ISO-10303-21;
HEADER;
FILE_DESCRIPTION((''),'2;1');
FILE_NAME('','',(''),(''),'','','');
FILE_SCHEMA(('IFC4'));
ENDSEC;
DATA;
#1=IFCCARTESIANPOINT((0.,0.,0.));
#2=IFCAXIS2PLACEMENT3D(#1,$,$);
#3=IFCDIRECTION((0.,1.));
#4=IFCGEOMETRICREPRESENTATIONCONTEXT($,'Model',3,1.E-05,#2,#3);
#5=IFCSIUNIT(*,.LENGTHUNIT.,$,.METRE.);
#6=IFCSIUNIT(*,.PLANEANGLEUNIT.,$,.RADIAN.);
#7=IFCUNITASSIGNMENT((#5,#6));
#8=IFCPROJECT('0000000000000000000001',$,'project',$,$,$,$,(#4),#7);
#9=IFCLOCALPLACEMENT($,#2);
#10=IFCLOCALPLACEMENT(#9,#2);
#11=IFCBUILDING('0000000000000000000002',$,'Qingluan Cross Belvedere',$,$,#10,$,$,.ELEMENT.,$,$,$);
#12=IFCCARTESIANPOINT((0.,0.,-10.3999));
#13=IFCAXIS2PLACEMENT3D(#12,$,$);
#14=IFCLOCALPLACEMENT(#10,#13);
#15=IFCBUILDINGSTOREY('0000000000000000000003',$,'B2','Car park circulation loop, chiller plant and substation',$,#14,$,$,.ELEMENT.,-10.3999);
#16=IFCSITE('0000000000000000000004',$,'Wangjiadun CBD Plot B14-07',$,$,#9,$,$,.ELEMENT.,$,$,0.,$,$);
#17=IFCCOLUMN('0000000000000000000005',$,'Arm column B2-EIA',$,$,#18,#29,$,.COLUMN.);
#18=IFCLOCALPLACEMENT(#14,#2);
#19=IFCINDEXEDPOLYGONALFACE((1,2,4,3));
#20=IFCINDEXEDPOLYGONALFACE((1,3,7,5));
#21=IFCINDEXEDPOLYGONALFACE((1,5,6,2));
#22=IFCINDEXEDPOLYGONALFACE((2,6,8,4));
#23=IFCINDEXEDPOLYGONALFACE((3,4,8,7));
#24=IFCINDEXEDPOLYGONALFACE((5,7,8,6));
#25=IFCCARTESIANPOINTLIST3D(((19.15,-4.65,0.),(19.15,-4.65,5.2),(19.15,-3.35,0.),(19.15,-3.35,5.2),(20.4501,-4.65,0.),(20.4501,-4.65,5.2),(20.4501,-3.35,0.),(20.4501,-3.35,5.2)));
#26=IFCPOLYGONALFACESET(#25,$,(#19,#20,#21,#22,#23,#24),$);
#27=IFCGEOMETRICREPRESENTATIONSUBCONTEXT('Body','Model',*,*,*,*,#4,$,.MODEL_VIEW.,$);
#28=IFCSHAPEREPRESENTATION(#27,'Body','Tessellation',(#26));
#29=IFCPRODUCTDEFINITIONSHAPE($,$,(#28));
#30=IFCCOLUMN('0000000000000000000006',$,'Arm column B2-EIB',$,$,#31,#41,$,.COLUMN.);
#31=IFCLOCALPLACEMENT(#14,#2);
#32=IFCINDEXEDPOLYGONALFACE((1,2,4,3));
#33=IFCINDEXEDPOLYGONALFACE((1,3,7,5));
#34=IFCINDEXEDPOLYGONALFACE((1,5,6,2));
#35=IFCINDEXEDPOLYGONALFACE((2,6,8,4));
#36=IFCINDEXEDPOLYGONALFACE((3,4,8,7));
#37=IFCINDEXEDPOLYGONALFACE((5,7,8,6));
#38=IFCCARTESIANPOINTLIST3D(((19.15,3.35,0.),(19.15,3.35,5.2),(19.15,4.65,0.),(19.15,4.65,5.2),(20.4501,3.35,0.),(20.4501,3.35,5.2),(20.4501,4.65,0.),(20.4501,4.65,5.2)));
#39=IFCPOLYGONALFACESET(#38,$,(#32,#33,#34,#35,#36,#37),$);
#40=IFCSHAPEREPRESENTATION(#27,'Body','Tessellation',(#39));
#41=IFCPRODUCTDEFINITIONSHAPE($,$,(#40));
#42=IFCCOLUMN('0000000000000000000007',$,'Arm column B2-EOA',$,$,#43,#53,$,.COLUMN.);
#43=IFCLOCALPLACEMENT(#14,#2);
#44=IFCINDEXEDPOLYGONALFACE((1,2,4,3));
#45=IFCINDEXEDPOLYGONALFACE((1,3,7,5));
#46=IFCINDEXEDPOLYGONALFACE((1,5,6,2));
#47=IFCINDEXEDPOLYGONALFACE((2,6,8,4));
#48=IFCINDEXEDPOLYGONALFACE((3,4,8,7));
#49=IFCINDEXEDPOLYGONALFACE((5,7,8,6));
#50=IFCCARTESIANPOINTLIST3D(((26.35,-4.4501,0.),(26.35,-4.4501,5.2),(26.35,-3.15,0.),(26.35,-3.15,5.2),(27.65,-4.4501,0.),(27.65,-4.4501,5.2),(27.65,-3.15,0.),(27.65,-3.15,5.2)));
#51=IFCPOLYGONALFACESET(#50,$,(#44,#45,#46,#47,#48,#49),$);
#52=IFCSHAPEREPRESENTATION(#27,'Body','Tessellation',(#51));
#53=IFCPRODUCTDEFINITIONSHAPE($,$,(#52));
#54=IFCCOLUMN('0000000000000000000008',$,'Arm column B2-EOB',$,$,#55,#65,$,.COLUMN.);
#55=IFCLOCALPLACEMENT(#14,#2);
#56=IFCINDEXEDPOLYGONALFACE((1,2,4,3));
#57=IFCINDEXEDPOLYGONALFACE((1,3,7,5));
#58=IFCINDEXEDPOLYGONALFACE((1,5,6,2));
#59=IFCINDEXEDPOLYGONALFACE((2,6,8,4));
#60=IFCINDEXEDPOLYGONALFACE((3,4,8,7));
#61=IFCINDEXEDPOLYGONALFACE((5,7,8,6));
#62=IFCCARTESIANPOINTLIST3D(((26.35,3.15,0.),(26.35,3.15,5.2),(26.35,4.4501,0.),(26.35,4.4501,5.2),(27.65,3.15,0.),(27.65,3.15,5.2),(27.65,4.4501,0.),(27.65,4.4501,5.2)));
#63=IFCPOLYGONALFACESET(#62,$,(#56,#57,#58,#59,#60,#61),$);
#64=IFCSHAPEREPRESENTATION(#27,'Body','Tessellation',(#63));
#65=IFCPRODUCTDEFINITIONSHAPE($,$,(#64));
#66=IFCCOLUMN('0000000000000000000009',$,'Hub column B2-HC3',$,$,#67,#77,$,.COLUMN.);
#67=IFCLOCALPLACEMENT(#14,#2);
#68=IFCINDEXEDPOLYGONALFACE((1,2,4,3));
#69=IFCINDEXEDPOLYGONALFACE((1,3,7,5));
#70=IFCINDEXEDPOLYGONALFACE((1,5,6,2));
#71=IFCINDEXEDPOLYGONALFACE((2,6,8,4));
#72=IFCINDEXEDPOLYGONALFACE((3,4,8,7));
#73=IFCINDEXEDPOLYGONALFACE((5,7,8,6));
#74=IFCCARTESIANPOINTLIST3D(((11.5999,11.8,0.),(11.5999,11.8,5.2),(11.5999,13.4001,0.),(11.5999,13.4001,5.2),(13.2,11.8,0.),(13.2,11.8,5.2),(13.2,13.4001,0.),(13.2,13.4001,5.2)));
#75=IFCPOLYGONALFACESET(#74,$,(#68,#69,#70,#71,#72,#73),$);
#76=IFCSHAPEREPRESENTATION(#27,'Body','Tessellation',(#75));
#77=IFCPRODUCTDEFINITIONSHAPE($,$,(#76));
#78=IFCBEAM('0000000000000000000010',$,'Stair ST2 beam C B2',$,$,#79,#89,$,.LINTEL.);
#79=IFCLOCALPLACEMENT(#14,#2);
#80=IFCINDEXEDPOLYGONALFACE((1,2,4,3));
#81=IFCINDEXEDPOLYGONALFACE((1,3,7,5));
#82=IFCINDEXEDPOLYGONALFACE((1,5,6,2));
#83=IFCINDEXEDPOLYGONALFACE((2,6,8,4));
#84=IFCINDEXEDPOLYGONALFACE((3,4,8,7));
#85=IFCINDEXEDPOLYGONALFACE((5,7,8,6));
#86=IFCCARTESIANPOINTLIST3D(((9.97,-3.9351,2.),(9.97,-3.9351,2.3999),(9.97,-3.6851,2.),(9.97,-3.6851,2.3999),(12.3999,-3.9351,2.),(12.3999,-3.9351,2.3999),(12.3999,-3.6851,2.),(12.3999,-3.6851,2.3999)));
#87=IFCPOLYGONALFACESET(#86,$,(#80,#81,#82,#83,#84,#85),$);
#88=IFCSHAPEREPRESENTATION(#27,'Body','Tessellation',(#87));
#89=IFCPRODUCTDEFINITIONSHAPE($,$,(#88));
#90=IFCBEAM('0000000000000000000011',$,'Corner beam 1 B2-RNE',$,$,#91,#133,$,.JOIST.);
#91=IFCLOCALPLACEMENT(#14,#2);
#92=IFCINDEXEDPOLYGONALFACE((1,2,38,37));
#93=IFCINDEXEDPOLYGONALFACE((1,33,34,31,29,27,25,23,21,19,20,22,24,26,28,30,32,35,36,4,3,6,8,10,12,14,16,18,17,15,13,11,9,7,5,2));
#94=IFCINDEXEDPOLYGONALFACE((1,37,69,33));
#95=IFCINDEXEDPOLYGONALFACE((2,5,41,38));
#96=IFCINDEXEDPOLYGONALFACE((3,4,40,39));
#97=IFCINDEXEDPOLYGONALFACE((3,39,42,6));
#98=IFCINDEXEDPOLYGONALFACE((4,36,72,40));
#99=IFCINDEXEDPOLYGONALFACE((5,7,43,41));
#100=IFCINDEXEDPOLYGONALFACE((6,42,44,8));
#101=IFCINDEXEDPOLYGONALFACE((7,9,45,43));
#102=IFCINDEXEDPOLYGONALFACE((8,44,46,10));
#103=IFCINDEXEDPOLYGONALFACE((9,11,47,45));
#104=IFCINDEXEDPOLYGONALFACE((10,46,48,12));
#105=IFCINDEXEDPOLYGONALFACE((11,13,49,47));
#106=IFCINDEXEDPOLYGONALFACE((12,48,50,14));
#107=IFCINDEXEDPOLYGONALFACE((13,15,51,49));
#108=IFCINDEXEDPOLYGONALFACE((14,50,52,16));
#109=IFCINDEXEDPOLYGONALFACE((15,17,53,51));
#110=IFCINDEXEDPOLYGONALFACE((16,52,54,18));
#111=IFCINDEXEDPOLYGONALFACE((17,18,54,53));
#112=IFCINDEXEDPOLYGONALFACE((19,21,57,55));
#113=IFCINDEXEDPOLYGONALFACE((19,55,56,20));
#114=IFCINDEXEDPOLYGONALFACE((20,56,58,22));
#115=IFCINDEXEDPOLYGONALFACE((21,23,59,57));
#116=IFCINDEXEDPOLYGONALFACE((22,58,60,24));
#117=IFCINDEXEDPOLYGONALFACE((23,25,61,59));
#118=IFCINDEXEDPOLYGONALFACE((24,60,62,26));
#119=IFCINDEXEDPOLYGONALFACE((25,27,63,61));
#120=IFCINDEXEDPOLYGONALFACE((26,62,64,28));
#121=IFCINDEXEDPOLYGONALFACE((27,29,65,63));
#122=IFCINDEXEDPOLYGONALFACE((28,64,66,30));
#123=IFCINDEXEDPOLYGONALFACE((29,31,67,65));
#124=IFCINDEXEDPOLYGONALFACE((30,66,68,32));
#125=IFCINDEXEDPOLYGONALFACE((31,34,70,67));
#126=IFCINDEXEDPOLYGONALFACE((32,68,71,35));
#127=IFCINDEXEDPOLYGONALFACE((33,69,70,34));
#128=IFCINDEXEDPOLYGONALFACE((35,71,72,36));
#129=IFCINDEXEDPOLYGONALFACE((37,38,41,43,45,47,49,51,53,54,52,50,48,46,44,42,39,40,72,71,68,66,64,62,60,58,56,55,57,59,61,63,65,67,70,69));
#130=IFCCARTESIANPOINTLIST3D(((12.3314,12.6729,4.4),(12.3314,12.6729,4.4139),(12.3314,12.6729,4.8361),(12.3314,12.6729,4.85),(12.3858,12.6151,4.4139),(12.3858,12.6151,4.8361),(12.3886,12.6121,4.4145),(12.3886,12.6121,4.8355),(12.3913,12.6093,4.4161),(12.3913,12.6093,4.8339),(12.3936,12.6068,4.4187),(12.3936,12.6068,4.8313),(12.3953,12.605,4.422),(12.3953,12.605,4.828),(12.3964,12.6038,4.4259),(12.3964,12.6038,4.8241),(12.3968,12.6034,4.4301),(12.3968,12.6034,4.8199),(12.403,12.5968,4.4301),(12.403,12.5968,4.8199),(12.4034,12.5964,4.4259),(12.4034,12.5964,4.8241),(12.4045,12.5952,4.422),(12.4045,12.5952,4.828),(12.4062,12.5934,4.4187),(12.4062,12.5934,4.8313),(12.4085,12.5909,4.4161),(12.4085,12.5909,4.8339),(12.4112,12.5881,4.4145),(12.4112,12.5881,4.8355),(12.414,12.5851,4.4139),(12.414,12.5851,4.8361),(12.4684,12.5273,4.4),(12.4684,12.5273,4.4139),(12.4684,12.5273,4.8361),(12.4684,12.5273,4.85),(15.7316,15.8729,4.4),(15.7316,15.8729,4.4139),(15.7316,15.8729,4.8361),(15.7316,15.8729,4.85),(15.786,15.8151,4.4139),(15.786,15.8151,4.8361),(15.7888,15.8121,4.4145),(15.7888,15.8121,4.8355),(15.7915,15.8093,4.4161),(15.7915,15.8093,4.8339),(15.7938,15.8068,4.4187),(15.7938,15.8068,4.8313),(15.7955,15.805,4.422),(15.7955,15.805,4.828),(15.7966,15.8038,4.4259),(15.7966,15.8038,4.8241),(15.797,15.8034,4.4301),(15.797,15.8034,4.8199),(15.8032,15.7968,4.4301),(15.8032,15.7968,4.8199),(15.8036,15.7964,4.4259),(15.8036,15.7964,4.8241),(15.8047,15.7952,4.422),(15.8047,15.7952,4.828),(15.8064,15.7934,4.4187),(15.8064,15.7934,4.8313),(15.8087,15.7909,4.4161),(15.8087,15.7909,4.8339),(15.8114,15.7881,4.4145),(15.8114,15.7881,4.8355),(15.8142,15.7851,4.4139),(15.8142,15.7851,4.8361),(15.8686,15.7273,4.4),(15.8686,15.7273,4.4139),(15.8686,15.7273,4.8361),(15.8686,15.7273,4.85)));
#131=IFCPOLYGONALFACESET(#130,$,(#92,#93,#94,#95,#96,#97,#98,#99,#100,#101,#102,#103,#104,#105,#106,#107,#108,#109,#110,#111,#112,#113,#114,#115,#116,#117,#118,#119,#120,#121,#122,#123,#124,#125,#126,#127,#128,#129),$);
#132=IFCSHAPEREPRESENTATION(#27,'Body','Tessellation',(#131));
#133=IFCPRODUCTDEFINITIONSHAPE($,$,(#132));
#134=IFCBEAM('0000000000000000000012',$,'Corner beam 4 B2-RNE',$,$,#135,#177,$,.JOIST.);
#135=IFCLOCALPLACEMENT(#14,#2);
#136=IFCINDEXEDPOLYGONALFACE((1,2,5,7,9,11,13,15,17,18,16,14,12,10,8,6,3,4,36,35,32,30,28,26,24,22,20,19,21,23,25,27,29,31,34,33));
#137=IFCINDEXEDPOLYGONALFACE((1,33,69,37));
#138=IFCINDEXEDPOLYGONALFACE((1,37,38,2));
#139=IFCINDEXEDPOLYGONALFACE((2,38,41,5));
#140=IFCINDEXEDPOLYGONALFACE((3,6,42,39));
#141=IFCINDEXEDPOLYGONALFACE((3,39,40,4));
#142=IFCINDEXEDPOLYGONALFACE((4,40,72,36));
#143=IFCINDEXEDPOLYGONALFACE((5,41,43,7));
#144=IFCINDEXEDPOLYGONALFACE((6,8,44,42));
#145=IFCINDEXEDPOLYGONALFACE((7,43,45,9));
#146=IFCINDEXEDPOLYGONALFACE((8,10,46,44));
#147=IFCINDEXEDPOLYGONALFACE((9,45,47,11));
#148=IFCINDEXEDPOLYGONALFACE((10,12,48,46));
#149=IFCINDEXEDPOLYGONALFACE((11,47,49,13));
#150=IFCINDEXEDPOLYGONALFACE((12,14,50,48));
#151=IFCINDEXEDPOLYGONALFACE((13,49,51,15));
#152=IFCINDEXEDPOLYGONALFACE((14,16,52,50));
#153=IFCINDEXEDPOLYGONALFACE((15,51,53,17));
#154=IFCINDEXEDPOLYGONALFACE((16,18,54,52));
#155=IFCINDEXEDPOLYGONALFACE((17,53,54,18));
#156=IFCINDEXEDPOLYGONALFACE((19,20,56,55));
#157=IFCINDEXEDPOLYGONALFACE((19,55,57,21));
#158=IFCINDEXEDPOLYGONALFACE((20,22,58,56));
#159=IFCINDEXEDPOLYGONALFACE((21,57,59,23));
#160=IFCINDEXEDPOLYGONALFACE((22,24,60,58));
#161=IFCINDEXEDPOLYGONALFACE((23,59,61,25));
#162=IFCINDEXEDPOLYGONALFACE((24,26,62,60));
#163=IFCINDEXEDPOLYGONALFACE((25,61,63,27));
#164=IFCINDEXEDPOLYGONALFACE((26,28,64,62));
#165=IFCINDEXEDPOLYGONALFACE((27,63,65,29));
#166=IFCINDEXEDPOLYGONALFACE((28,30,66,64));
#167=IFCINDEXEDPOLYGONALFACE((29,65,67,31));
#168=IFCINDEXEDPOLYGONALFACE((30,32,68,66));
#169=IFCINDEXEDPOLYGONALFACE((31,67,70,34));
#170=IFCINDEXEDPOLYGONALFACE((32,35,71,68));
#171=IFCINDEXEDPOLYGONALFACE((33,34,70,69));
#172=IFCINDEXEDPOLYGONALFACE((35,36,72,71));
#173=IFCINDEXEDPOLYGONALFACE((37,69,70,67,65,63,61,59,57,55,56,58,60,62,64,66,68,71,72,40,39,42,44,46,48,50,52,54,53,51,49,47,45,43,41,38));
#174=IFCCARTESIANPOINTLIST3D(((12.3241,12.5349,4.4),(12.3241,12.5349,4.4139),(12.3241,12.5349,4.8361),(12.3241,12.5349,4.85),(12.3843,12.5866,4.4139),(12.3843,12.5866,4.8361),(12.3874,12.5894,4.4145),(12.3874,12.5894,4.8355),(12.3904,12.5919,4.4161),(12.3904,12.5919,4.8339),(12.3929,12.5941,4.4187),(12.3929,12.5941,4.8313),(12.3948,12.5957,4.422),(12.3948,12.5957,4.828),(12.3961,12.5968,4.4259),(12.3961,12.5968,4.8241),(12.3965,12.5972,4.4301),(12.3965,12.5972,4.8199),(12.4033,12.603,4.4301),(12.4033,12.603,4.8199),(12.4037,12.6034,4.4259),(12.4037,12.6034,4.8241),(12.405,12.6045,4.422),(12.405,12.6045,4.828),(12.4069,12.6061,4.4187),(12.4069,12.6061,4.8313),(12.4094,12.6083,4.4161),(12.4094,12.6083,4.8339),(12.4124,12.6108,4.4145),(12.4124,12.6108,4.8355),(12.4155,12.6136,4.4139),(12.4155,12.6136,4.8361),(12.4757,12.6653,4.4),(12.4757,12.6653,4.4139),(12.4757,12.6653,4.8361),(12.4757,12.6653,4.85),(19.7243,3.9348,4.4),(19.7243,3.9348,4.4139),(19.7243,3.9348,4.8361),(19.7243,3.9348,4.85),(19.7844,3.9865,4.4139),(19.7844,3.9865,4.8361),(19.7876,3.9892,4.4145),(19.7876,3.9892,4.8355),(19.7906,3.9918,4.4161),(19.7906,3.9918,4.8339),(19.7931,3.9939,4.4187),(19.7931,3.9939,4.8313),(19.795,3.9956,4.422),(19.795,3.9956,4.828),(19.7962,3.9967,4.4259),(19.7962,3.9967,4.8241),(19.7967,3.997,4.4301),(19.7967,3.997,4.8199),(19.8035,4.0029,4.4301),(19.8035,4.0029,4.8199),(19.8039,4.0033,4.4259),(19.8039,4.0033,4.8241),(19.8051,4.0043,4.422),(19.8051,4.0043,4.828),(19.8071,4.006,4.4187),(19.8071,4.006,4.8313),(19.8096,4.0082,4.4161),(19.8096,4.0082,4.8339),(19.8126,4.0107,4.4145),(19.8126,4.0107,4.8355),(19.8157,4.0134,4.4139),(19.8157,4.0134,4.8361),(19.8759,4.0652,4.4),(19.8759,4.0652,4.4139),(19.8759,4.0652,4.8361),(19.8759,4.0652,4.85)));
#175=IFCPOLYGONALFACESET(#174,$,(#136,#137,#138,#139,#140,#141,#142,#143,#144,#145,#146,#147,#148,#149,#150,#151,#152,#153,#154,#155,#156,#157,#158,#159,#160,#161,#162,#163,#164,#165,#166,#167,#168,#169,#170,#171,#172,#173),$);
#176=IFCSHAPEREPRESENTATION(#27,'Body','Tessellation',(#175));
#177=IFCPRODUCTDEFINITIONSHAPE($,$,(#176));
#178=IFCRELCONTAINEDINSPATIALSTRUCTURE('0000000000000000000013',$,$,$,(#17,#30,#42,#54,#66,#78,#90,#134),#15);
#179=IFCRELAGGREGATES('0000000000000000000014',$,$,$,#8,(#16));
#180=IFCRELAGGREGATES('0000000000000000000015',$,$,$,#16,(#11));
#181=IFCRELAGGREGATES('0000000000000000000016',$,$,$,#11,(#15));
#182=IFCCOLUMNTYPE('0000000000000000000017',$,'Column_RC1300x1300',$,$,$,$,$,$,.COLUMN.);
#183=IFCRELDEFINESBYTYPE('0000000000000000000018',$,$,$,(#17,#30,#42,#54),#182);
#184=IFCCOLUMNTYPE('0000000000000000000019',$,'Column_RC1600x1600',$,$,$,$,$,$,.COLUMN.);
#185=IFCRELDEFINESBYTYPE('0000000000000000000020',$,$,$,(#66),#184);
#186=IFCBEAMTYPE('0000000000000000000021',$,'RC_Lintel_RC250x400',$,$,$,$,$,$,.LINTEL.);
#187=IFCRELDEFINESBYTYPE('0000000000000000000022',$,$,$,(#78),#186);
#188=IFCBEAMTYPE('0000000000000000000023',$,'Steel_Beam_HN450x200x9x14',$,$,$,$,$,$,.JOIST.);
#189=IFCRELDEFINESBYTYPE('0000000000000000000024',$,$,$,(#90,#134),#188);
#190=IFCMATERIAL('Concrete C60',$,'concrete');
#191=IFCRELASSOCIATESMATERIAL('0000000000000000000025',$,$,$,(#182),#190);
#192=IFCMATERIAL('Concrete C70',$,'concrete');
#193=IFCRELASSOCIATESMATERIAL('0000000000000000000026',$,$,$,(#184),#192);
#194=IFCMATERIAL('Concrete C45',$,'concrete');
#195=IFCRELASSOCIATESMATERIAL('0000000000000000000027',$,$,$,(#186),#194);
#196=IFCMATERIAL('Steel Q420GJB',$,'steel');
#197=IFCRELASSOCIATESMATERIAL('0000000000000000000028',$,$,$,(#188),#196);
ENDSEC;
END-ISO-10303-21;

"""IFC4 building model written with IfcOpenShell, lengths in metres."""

from ifc_helpers import new_model, si_unit, direction, frame, origin, origin_2d, place, context, subcontext, project, spatial, rectangle, i_section, extrude, material, material_profile, profile_set, type_object, element, save


model = new_model("IFC4")

# Units and contexts
model_context = context("Model", 3, precision=1e-05, world=origin(), true_north=direction((0.0, 1.0)))
body_context = subcontext(model_context, "Body", "Model", "MODEL_VIEW")
ifc_project = project(units=[si_unit("LENGTHUNIT", "METRE"), si_unit("PLANEANGLEUNIT", "RADIAN")], contexts=[model_context])

# Site, building, storey
site_placement = place(None, origin())
site = spatial("IfcSite", under=ifc_project, at=site_placement, Name="Wangjiadun CBD Plot B14-07", CompositionType="ELEMENT", RefElevation=0.0)
building_placement = place(site_placement, origin())
building = spatial("IfcBuilding", under=site, at=building_placement, Name="Qingluan Cross Belvedere", CompositionType="ELEMENT")
storey_placement = place(building_placement, frame((0.0, 0.0, -10.3999)))
storey = spatial("IfcBuildingStorey", under=building, at=storey_placement, Name="B2", Description="Car park circulation loop, chiller plant and substation", CompositionType="ELEMENT", Elevation=-10.3999)

# Columns
ifc_material_1 = material(Name="Concrete C60", Category="concrete")
ifc_material_profile_1 = material_profile(ifc_material_1, rectangle(XDim=1.3, YDim=1.3, at=origin_2d()), Name="RC1300x1300")
ifc_profile_set_1 = profile_set([ifc_material_profile_1], Name="Concrete C60")
column_type_1 = type_object("IfcColumnType", Name="Column_RC1300x1300", PredefinedType="COLUMN", material=ifc_profile_set_1)
for number, where, z_axis, x_axis, name in (
    (1, (19.8, -4.0, 0.0), (0.0, 0.0, 1.0), (1.0, 0.0, 0.0), "Arm column B2-EIA"),
    (2, (19.8, 4.0, 0.0), (0.0, 0.0, 1.0), (1.0, 0.0, 0.0), "Arm column B2-EIB"),
    (3, (27.0, -3.8, 0.0), (0.0, 0.0, 1.0), (1.0, 0.0, 0.0), "Arm column B2-EOA"),
    (4, (27.0, 3.8, 0.0), (0.0, 0.0, 1.0), (1.0, 0.0, 0.0), "Arm column B2-EOB"),
):
    element("IfcColumn", number, at=place(storey_placement, frame(where, z_axis=z_axis, x_axis=x_axis)), inside=storey, type_object=column_type_1, Name=name, PredefinedType="COLUMN", context=body_context, shape_type="SweptSolid", body=[
        extrude(rectangle(XDim=1.3, YDim=1.3, at=origin_2d()), origin(), (0.0, 0.0, 1.0), 5.2),
    ])
ifc_material_2 = material(Name="Concrete C70", Category="concrete")
ifc_material_profile_2 = material_profile(ifc_material_2, rectangle(XDim=1.6001, YDim=1.6001, at=origin_2d()), Name="RC1600x1600")
ifc_profile_set_2 = profile_set([ifc_material_profile_2], Name="Concrete C70")
column_type_2 = type_object("IfcColumnType", Name="Column_RC1600x1600", PredefinedType="COLUMN", material=ifc_profile_set_2)
column_placement = place(storey_placement, frame((12.3999, 12.6001, 0.0), z_axis=(0.0, 0.0, 1.0), x_axis=(1.0, 0.0, 0.0)))
element("IfcColumn", 5, at=column_placement, inside=storey, type_object=column_type_2, Name="Hub column B2-HC3", PredefinedType="COLUMN", context=body_context, shape_type="SweptSolid", body=[
    extrude(rectangle(XDim=1.6001, YDim=1.6001, at=origin_2d()), origin(), (0.0, 0.0, 1.0), 5.2),
])

# Beams
ifc_material_3 = material(Name="Concrete C45", Category="concrete")
ifc_material_profile_3 = material_profile(ifc_material_3, rectangle(XDim=0.25, YDim=0.3999, at=origin_2d()), Name="RC250x400")
ifc_profile_set_3 = profile_set([ifc_material_profile_3], Name="Concrete C45")
beam_type_1 = type_object("IfcBeamType", Name="RC_Lintel_RC250x400", PredefinedType="LINTEL", material=ifc_profile_set_3)
beam_1_placement = place(storey_placement, frame((12.3999, -3.8101, 2.2), z_axis=(-1.0, 0.0, 0.0), x_axis=(0.0, -1.0, 0.0)))
element("IfcBeam", 6, at=beam_1_placement, inside=storey, type_object=beam_type_1, Name="Stair ST2 beam C B2", PredefinedType="LINTEL", context=body_context, shape_type="SweptSolid", body=[
    extrude(rectangle(XDim=0.25, YDim=0.3999, at=origin_2d()), origin(), (0.0, 0.0, 1.0), 2.4299),
])
ifc_material_4 = material(Name="Steel Q420GJB", Category="steel")
ifc_material_profile_4 = material_profile(ifc_material_4, i_section(OverallWidth=0.2, OverallDepth=0.45, WebThickness=0.009, FlangeThickness=0.0139, FilletRadius=0.0161, at=origin_2d()), Name="HN450x200x9x14")
ifc_profile_set_4 = profile_set([ifc_material_profile_4], Name="Steel Q420GJB")
beam_type_2 = type_object("IfcBeamType", Name="Steel_Beam_HN450x200x9x14", PredefinedType="JOIST", material=ifc_profile_set_4)
beam_2_placement = place(storey_placement, frame((12.3999, 12.6001, 4.625), z_axis=(0.72822, 0.685343, 0.0), x_axis=(-0.685343, 0.72822, 0.0)))
element("IfcBeam", 7, at=beam_2_placement, inside=storey, type_object=beam_type_2, Name="Corner beam 1 B2-RNE", PredefinedType="JOIST", context=body_context, shape_type="SweptSolid", body=[
    extrude(i_section(OverallWidth=0.2, OverallDepth=0.45, WebThickness=0.009, FlangeThickness=0.0139, FilletRadius=0.0161, at=origin_2d()), origin(), (0.0, 0.0, 1.0), 4.6692),
])
beam_3_placement = place(storey_placement, frame((12.3999, 12.6001, 4.625), z_axis=(0.652245, -0.758008, 0.0), x_axis=(0.758008, 0.652245, 0.0)))
element("IfcBeam", 8, at=beam_3_placement, inside=storey, type_object=beam_type_2, Name="Corner beam 4 B2-RNE", PredefinedType="JOIST", context=body_context, shape_type="SweptSolid", body=[
    extrude(i_section(OverallWidth=0.2, OverallDepth=0.45, WebThickness=0.009, FlangeThickness=0.0139, FilletRadius=0.0161, at=origin_2d()), origin(), (0.0, 0.0, 1.0), 11.3457),
])

save(model, "model.ifc")
